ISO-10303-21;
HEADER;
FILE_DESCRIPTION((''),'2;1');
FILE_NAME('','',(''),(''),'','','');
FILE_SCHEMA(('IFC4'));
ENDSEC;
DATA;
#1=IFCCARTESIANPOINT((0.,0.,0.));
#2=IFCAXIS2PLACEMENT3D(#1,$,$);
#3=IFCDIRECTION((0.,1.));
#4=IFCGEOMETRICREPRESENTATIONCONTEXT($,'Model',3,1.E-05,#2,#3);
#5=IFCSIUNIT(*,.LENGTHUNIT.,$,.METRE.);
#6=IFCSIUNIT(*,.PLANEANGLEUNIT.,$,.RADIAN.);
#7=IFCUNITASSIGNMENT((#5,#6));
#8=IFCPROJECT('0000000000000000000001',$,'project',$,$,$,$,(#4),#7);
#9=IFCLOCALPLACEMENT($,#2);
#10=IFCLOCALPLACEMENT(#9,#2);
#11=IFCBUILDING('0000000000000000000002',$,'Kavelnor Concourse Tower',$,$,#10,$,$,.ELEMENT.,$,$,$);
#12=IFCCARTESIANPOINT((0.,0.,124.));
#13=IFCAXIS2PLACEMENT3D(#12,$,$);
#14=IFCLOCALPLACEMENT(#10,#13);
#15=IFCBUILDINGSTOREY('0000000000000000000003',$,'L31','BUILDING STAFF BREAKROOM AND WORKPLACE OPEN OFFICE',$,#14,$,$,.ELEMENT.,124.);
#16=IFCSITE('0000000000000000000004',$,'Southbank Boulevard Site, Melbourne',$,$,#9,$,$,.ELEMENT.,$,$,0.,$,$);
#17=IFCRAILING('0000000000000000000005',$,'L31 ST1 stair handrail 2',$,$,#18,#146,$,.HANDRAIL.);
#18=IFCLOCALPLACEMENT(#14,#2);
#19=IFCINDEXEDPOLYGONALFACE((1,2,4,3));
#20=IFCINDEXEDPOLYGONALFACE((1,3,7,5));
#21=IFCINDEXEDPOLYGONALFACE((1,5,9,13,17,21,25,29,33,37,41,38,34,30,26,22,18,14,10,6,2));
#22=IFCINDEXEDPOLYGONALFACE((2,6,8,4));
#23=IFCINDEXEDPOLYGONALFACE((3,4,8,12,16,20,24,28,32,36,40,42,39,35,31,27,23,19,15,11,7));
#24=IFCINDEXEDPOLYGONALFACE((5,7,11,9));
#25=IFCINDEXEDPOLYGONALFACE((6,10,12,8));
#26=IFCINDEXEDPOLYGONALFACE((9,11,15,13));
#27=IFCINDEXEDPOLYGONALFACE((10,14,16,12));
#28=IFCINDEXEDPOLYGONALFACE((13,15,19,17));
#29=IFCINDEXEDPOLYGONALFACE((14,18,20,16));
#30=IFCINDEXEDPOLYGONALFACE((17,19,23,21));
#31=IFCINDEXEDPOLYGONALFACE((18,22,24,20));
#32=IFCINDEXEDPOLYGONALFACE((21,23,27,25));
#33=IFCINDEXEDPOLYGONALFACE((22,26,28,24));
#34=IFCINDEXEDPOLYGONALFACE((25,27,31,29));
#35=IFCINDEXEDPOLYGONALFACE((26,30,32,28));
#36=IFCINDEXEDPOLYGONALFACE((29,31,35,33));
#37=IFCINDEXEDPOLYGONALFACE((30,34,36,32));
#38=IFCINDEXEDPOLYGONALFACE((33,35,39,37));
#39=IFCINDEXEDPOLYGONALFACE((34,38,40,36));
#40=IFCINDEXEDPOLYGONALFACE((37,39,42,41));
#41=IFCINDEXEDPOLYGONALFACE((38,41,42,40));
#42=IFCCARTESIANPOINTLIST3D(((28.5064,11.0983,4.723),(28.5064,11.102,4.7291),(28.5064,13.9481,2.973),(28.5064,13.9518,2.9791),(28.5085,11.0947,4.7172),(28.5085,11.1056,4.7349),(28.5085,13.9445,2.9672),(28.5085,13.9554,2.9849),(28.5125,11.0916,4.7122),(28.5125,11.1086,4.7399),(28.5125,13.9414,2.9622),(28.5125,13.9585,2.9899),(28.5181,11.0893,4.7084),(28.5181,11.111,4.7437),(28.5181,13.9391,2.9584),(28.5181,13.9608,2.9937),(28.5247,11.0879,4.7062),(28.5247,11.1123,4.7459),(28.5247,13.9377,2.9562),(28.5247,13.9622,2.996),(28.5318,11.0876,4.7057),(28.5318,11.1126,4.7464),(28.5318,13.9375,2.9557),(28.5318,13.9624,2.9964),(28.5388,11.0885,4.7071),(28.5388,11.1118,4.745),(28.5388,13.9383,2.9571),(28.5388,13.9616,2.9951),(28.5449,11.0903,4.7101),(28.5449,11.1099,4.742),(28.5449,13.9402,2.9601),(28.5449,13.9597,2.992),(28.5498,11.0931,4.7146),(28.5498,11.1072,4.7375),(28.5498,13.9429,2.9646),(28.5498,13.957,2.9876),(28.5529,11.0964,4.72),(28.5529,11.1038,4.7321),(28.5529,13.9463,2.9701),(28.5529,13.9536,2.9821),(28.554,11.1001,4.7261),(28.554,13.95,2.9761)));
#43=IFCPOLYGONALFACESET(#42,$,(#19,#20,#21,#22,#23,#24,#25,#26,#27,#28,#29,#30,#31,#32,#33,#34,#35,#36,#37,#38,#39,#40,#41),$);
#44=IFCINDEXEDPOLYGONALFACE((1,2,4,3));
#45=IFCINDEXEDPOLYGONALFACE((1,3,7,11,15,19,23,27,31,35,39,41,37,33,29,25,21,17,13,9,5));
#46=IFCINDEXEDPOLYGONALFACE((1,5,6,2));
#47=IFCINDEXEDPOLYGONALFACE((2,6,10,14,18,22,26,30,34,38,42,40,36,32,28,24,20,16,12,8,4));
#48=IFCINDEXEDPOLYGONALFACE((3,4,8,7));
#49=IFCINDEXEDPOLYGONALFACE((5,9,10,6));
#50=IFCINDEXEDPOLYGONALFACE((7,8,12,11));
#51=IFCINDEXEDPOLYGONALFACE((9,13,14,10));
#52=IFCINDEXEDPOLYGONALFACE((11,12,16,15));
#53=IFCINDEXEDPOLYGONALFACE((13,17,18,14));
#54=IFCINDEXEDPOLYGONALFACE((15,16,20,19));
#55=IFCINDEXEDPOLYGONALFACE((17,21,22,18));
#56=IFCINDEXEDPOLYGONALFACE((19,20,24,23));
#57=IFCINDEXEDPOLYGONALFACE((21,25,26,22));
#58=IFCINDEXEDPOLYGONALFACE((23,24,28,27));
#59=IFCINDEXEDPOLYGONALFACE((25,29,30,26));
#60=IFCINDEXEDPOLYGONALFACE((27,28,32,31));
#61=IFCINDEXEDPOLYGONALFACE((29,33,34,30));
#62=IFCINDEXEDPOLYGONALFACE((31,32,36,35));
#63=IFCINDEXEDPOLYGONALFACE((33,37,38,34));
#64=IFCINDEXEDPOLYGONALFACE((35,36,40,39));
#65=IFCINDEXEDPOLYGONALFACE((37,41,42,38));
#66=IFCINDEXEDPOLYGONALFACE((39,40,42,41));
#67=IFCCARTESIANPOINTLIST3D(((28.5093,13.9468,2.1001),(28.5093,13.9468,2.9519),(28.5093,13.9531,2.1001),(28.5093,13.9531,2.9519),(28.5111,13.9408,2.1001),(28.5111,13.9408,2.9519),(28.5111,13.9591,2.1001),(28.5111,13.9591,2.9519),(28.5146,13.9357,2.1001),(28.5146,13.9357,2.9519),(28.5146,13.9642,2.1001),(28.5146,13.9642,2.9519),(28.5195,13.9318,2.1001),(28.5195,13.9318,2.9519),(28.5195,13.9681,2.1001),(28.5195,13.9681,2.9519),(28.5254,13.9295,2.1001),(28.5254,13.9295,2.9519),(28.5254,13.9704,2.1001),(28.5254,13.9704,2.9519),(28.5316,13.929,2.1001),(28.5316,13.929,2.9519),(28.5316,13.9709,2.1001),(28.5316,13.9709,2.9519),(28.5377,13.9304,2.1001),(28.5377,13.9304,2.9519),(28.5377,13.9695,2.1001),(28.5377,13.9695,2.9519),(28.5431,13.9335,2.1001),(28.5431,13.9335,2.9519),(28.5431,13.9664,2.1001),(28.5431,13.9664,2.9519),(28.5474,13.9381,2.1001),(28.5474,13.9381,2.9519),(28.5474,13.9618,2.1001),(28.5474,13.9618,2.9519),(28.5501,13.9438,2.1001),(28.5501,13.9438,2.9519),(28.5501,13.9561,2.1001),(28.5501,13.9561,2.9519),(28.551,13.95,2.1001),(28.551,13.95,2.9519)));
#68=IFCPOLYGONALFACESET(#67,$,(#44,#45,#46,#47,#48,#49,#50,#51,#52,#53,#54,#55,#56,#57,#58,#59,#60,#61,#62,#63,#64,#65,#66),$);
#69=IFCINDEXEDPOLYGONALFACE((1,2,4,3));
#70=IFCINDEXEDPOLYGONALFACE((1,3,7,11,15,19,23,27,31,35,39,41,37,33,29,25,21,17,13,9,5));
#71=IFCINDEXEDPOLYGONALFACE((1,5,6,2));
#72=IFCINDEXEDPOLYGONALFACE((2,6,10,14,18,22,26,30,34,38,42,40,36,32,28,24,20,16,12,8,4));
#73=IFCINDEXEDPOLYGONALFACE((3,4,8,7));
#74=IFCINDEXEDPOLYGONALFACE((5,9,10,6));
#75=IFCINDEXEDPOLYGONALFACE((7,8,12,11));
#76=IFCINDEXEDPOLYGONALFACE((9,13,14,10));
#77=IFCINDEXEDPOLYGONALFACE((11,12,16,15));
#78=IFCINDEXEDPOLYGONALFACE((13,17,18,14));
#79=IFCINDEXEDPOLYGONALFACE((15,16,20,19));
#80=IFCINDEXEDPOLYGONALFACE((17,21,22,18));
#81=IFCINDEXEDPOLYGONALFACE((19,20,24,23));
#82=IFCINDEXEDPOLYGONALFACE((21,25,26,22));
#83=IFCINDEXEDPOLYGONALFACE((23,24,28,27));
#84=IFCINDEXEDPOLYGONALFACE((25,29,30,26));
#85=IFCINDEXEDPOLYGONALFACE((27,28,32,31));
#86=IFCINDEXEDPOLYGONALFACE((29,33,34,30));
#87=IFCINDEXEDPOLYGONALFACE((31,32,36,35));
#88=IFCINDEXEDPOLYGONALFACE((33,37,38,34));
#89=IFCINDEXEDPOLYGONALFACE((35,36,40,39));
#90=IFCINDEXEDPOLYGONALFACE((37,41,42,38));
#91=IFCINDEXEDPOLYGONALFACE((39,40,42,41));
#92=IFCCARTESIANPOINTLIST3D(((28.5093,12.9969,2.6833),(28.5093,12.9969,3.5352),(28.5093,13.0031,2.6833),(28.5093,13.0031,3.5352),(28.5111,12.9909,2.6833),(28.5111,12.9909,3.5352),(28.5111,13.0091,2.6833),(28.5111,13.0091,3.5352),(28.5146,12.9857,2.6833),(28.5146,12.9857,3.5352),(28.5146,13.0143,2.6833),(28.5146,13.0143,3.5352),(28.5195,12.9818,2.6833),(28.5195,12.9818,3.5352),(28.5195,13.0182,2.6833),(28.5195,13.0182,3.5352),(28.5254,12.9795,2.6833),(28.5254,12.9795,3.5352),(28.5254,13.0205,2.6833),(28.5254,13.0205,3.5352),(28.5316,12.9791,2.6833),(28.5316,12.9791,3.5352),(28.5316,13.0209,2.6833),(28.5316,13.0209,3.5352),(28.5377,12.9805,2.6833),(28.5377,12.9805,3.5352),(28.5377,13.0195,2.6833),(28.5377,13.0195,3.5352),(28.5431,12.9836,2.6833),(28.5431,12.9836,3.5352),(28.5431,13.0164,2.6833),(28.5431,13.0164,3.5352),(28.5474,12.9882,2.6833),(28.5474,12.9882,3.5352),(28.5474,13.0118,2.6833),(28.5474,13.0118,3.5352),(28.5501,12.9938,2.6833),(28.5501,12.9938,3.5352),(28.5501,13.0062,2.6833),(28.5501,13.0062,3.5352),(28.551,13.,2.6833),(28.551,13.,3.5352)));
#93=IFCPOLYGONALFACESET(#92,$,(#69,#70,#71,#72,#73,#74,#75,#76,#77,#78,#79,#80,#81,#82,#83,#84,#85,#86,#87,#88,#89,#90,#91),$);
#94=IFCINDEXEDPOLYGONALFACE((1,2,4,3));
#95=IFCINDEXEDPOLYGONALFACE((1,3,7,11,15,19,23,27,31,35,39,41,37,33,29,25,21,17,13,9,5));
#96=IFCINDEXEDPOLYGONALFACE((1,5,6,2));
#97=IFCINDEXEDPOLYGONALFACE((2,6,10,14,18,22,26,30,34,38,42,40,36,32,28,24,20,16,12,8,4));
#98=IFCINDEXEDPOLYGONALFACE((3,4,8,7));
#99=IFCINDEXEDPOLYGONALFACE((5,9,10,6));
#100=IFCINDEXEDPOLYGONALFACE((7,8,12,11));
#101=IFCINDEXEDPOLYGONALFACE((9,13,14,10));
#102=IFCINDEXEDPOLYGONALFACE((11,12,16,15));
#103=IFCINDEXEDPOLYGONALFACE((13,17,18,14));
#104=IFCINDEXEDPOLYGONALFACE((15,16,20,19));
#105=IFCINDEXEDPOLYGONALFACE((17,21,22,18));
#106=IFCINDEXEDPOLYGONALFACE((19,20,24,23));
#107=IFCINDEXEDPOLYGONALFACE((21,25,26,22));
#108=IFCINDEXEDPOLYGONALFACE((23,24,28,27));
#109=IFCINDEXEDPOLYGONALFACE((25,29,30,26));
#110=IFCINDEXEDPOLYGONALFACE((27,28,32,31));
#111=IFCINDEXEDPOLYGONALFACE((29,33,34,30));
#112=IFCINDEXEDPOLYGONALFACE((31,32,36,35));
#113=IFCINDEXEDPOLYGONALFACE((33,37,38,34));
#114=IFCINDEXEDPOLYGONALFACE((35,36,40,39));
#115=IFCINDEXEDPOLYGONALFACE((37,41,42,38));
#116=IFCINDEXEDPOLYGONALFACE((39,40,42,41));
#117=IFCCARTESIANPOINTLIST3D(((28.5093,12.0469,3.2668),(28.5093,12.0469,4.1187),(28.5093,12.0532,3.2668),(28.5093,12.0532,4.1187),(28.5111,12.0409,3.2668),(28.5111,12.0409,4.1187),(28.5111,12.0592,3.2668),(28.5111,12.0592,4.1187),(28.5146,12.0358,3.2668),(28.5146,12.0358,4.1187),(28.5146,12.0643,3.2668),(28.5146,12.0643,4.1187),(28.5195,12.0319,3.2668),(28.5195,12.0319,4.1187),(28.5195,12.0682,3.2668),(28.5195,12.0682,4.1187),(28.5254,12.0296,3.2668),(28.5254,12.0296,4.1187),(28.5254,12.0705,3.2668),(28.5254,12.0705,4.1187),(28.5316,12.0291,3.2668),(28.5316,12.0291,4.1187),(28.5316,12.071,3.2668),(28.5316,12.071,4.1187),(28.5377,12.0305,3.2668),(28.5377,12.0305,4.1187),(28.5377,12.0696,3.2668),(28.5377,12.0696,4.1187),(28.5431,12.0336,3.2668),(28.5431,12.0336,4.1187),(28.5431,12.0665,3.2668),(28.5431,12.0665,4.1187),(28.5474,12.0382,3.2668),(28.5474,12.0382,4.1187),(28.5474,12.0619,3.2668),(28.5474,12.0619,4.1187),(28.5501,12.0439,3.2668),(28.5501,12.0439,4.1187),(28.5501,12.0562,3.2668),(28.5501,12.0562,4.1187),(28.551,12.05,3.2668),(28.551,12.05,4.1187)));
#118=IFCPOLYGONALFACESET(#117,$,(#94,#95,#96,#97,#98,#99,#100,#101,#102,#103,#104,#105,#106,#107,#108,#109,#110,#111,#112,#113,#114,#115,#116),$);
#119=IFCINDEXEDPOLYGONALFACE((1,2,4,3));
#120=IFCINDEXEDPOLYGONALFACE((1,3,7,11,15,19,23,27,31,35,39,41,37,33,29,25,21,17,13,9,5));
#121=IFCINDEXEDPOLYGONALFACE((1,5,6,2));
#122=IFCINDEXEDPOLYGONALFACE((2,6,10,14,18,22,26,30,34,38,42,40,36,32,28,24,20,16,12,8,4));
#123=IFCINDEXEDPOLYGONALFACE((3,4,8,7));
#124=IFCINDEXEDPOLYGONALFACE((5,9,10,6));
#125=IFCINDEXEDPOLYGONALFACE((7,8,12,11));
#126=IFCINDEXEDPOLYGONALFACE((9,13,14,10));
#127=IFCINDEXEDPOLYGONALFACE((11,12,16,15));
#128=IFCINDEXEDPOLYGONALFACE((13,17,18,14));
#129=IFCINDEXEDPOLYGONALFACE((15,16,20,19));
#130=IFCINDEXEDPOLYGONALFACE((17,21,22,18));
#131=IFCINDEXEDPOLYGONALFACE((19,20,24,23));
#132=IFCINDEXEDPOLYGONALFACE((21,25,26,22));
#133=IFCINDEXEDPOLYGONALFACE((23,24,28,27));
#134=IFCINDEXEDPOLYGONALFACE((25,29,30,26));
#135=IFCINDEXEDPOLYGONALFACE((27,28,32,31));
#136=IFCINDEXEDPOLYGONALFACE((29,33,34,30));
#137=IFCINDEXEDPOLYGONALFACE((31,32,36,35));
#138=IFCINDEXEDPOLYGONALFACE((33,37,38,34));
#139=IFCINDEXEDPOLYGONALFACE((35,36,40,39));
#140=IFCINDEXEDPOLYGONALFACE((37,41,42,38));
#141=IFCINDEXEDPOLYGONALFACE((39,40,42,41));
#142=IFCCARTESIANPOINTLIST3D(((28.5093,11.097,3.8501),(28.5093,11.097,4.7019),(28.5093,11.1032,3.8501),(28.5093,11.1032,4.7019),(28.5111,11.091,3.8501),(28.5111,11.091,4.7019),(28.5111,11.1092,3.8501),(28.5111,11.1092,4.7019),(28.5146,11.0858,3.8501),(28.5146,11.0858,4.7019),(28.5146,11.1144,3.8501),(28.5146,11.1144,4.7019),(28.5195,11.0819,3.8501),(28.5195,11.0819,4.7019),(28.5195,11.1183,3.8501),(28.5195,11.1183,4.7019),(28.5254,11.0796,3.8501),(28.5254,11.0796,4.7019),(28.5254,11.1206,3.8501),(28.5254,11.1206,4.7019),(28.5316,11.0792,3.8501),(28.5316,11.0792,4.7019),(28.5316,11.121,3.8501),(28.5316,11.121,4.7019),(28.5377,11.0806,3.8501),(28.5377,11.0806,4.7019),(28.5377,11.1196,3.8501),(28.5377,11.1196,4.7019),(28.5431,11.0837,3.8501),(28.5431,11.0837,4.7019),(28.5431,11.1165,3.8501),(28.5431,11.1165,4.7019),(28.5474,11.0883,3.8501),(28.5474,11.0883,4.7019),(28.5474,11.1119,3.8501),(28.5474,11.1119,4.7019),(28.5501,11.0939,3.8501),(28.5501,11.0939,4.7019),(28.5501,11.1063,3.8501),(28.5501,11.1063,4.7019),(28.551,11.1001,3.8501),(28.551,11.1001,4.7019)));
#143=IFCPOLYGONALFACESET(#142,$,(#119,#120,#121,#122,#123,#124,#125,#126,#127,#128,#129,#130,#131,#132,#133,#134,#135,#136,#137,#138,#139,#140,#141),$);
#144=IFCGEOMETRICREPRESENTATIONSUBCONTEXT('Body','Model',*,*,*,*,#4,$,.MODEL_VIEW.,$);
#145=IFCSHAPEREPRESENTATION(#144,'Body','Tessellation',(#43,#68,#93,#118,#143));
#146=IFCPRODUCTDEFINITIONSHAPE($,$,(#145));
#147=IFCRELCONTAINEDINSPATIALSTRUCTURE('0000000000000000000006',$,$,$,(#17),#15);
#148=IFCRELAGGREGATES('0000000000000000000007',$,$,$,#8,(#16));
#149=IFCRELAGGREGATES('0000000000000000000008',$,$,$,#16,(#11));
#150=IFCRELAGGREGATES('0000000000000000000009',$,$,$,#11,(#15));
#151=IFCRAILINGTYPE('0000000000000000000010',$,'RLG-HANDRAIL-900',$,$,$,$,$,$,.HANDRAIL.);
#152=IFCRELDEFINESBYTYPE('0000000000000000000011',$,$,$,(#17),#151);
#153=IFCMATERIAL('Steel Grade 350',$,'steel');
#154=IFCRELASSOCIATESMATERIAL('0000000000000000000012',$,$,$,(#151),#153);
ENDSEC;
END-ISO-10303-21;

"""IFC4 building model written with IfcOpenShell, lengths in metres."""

from ifc_helpers import new_model, si_unit, direction, frame, origin, origin_2d, place, context, subcontext, project, spatial, circle, extrude, material, type_object, element, save


model = new_model("IFC4")

# Units and contexts
model_context = context("Model", 3, precision=1e-05, world=origin(), true_north=direction((0.0, 1.0)))
body_context = subcontext(model_context, "Body", "Model", "MODEL_VIEW")
ifc_project = project(units=[si_unit("LENGTHUNIT", "METRE"), si_unit("PLANEANGLEUNIT", "RADIAN")], contexts=[model_context])

# Site, building, storey
site_placement = place(None, origin())
site = spatial("IfcSite", under=ifc_project, at=site_placement, Name="Southbank Boulevard Site, Melbourne", CompositionType="ELEMENT", RefElevation=0.0)
building_placement = place(site_placement, origin())
building = spatial("IfcBuilding", under=site, at=building_placement, Name="Kavelnor Concourse Tower", CompositionType="ELEMENT")
storey_placement = place(building_placement, frame((0.0, 0.0, 124.0)))
storey = spatial("IfcBuildingStorey", under=building, at=storey_placement, Name="L31", Description="BUILDING STAFF BREAKROOM AND WORKPLACE OPEN OFFICE", CompositionType="ELEMENT", Elevation=124.0)

# Shared definitions
ifc_material_1 = material(Name="Steel Grade 350", Category="steel")

# Railing
railing_type_1 = type_object("IfcRailingType", Name="RLG-HANDRAIL-900", PredefinedType="HANDRAIL", material=ifc_material_1)
railing_1_placement = place(storey_placement, frame((28.53, 13.95, 2.1001)))
element("IfcRailing", 1, at=railing_1_placement, inside=storey, type_object=railing_type_1, Name="L31 ST1 stair handrail 2", PredefinedType="HANDRAIL", context=body_context, shape_type="SweptSolid", body=[
    extrude(circle(Radius=0.0239, at=origin_2d()), frame((0.0, 0.0, 0.876), z_axis=(0.0, -0.852159, 0.523283), x_axis=(1.0, 0.0, 0.0)), (0.0, 0.0, 1.0), 3.3442),
    extrude(circle(Radius=0.021, at=origin_2d()), origin(), (0.0, 0.0, 1.0), 0.8518),
    extrude(circle(Radius=0.021, at=origin_2d()), frame((0.0, -0.95, 0.5833)), (0.0, 0.0, 1.0), 0.8518),
    extrude(circle(Radius=0.021, at=origin_2d()), frame((0.0, -1.8999, 1.1667)), (0.0, 0.0, 1.0), 0.8518),
    extrude(circle(Radius=0.021, at=origin_2d()), frame((0.0, -2.8499, 1.75)), (0.0, 0.0, 1.0), 0.8518),
])

save(model, "model.ifc")
